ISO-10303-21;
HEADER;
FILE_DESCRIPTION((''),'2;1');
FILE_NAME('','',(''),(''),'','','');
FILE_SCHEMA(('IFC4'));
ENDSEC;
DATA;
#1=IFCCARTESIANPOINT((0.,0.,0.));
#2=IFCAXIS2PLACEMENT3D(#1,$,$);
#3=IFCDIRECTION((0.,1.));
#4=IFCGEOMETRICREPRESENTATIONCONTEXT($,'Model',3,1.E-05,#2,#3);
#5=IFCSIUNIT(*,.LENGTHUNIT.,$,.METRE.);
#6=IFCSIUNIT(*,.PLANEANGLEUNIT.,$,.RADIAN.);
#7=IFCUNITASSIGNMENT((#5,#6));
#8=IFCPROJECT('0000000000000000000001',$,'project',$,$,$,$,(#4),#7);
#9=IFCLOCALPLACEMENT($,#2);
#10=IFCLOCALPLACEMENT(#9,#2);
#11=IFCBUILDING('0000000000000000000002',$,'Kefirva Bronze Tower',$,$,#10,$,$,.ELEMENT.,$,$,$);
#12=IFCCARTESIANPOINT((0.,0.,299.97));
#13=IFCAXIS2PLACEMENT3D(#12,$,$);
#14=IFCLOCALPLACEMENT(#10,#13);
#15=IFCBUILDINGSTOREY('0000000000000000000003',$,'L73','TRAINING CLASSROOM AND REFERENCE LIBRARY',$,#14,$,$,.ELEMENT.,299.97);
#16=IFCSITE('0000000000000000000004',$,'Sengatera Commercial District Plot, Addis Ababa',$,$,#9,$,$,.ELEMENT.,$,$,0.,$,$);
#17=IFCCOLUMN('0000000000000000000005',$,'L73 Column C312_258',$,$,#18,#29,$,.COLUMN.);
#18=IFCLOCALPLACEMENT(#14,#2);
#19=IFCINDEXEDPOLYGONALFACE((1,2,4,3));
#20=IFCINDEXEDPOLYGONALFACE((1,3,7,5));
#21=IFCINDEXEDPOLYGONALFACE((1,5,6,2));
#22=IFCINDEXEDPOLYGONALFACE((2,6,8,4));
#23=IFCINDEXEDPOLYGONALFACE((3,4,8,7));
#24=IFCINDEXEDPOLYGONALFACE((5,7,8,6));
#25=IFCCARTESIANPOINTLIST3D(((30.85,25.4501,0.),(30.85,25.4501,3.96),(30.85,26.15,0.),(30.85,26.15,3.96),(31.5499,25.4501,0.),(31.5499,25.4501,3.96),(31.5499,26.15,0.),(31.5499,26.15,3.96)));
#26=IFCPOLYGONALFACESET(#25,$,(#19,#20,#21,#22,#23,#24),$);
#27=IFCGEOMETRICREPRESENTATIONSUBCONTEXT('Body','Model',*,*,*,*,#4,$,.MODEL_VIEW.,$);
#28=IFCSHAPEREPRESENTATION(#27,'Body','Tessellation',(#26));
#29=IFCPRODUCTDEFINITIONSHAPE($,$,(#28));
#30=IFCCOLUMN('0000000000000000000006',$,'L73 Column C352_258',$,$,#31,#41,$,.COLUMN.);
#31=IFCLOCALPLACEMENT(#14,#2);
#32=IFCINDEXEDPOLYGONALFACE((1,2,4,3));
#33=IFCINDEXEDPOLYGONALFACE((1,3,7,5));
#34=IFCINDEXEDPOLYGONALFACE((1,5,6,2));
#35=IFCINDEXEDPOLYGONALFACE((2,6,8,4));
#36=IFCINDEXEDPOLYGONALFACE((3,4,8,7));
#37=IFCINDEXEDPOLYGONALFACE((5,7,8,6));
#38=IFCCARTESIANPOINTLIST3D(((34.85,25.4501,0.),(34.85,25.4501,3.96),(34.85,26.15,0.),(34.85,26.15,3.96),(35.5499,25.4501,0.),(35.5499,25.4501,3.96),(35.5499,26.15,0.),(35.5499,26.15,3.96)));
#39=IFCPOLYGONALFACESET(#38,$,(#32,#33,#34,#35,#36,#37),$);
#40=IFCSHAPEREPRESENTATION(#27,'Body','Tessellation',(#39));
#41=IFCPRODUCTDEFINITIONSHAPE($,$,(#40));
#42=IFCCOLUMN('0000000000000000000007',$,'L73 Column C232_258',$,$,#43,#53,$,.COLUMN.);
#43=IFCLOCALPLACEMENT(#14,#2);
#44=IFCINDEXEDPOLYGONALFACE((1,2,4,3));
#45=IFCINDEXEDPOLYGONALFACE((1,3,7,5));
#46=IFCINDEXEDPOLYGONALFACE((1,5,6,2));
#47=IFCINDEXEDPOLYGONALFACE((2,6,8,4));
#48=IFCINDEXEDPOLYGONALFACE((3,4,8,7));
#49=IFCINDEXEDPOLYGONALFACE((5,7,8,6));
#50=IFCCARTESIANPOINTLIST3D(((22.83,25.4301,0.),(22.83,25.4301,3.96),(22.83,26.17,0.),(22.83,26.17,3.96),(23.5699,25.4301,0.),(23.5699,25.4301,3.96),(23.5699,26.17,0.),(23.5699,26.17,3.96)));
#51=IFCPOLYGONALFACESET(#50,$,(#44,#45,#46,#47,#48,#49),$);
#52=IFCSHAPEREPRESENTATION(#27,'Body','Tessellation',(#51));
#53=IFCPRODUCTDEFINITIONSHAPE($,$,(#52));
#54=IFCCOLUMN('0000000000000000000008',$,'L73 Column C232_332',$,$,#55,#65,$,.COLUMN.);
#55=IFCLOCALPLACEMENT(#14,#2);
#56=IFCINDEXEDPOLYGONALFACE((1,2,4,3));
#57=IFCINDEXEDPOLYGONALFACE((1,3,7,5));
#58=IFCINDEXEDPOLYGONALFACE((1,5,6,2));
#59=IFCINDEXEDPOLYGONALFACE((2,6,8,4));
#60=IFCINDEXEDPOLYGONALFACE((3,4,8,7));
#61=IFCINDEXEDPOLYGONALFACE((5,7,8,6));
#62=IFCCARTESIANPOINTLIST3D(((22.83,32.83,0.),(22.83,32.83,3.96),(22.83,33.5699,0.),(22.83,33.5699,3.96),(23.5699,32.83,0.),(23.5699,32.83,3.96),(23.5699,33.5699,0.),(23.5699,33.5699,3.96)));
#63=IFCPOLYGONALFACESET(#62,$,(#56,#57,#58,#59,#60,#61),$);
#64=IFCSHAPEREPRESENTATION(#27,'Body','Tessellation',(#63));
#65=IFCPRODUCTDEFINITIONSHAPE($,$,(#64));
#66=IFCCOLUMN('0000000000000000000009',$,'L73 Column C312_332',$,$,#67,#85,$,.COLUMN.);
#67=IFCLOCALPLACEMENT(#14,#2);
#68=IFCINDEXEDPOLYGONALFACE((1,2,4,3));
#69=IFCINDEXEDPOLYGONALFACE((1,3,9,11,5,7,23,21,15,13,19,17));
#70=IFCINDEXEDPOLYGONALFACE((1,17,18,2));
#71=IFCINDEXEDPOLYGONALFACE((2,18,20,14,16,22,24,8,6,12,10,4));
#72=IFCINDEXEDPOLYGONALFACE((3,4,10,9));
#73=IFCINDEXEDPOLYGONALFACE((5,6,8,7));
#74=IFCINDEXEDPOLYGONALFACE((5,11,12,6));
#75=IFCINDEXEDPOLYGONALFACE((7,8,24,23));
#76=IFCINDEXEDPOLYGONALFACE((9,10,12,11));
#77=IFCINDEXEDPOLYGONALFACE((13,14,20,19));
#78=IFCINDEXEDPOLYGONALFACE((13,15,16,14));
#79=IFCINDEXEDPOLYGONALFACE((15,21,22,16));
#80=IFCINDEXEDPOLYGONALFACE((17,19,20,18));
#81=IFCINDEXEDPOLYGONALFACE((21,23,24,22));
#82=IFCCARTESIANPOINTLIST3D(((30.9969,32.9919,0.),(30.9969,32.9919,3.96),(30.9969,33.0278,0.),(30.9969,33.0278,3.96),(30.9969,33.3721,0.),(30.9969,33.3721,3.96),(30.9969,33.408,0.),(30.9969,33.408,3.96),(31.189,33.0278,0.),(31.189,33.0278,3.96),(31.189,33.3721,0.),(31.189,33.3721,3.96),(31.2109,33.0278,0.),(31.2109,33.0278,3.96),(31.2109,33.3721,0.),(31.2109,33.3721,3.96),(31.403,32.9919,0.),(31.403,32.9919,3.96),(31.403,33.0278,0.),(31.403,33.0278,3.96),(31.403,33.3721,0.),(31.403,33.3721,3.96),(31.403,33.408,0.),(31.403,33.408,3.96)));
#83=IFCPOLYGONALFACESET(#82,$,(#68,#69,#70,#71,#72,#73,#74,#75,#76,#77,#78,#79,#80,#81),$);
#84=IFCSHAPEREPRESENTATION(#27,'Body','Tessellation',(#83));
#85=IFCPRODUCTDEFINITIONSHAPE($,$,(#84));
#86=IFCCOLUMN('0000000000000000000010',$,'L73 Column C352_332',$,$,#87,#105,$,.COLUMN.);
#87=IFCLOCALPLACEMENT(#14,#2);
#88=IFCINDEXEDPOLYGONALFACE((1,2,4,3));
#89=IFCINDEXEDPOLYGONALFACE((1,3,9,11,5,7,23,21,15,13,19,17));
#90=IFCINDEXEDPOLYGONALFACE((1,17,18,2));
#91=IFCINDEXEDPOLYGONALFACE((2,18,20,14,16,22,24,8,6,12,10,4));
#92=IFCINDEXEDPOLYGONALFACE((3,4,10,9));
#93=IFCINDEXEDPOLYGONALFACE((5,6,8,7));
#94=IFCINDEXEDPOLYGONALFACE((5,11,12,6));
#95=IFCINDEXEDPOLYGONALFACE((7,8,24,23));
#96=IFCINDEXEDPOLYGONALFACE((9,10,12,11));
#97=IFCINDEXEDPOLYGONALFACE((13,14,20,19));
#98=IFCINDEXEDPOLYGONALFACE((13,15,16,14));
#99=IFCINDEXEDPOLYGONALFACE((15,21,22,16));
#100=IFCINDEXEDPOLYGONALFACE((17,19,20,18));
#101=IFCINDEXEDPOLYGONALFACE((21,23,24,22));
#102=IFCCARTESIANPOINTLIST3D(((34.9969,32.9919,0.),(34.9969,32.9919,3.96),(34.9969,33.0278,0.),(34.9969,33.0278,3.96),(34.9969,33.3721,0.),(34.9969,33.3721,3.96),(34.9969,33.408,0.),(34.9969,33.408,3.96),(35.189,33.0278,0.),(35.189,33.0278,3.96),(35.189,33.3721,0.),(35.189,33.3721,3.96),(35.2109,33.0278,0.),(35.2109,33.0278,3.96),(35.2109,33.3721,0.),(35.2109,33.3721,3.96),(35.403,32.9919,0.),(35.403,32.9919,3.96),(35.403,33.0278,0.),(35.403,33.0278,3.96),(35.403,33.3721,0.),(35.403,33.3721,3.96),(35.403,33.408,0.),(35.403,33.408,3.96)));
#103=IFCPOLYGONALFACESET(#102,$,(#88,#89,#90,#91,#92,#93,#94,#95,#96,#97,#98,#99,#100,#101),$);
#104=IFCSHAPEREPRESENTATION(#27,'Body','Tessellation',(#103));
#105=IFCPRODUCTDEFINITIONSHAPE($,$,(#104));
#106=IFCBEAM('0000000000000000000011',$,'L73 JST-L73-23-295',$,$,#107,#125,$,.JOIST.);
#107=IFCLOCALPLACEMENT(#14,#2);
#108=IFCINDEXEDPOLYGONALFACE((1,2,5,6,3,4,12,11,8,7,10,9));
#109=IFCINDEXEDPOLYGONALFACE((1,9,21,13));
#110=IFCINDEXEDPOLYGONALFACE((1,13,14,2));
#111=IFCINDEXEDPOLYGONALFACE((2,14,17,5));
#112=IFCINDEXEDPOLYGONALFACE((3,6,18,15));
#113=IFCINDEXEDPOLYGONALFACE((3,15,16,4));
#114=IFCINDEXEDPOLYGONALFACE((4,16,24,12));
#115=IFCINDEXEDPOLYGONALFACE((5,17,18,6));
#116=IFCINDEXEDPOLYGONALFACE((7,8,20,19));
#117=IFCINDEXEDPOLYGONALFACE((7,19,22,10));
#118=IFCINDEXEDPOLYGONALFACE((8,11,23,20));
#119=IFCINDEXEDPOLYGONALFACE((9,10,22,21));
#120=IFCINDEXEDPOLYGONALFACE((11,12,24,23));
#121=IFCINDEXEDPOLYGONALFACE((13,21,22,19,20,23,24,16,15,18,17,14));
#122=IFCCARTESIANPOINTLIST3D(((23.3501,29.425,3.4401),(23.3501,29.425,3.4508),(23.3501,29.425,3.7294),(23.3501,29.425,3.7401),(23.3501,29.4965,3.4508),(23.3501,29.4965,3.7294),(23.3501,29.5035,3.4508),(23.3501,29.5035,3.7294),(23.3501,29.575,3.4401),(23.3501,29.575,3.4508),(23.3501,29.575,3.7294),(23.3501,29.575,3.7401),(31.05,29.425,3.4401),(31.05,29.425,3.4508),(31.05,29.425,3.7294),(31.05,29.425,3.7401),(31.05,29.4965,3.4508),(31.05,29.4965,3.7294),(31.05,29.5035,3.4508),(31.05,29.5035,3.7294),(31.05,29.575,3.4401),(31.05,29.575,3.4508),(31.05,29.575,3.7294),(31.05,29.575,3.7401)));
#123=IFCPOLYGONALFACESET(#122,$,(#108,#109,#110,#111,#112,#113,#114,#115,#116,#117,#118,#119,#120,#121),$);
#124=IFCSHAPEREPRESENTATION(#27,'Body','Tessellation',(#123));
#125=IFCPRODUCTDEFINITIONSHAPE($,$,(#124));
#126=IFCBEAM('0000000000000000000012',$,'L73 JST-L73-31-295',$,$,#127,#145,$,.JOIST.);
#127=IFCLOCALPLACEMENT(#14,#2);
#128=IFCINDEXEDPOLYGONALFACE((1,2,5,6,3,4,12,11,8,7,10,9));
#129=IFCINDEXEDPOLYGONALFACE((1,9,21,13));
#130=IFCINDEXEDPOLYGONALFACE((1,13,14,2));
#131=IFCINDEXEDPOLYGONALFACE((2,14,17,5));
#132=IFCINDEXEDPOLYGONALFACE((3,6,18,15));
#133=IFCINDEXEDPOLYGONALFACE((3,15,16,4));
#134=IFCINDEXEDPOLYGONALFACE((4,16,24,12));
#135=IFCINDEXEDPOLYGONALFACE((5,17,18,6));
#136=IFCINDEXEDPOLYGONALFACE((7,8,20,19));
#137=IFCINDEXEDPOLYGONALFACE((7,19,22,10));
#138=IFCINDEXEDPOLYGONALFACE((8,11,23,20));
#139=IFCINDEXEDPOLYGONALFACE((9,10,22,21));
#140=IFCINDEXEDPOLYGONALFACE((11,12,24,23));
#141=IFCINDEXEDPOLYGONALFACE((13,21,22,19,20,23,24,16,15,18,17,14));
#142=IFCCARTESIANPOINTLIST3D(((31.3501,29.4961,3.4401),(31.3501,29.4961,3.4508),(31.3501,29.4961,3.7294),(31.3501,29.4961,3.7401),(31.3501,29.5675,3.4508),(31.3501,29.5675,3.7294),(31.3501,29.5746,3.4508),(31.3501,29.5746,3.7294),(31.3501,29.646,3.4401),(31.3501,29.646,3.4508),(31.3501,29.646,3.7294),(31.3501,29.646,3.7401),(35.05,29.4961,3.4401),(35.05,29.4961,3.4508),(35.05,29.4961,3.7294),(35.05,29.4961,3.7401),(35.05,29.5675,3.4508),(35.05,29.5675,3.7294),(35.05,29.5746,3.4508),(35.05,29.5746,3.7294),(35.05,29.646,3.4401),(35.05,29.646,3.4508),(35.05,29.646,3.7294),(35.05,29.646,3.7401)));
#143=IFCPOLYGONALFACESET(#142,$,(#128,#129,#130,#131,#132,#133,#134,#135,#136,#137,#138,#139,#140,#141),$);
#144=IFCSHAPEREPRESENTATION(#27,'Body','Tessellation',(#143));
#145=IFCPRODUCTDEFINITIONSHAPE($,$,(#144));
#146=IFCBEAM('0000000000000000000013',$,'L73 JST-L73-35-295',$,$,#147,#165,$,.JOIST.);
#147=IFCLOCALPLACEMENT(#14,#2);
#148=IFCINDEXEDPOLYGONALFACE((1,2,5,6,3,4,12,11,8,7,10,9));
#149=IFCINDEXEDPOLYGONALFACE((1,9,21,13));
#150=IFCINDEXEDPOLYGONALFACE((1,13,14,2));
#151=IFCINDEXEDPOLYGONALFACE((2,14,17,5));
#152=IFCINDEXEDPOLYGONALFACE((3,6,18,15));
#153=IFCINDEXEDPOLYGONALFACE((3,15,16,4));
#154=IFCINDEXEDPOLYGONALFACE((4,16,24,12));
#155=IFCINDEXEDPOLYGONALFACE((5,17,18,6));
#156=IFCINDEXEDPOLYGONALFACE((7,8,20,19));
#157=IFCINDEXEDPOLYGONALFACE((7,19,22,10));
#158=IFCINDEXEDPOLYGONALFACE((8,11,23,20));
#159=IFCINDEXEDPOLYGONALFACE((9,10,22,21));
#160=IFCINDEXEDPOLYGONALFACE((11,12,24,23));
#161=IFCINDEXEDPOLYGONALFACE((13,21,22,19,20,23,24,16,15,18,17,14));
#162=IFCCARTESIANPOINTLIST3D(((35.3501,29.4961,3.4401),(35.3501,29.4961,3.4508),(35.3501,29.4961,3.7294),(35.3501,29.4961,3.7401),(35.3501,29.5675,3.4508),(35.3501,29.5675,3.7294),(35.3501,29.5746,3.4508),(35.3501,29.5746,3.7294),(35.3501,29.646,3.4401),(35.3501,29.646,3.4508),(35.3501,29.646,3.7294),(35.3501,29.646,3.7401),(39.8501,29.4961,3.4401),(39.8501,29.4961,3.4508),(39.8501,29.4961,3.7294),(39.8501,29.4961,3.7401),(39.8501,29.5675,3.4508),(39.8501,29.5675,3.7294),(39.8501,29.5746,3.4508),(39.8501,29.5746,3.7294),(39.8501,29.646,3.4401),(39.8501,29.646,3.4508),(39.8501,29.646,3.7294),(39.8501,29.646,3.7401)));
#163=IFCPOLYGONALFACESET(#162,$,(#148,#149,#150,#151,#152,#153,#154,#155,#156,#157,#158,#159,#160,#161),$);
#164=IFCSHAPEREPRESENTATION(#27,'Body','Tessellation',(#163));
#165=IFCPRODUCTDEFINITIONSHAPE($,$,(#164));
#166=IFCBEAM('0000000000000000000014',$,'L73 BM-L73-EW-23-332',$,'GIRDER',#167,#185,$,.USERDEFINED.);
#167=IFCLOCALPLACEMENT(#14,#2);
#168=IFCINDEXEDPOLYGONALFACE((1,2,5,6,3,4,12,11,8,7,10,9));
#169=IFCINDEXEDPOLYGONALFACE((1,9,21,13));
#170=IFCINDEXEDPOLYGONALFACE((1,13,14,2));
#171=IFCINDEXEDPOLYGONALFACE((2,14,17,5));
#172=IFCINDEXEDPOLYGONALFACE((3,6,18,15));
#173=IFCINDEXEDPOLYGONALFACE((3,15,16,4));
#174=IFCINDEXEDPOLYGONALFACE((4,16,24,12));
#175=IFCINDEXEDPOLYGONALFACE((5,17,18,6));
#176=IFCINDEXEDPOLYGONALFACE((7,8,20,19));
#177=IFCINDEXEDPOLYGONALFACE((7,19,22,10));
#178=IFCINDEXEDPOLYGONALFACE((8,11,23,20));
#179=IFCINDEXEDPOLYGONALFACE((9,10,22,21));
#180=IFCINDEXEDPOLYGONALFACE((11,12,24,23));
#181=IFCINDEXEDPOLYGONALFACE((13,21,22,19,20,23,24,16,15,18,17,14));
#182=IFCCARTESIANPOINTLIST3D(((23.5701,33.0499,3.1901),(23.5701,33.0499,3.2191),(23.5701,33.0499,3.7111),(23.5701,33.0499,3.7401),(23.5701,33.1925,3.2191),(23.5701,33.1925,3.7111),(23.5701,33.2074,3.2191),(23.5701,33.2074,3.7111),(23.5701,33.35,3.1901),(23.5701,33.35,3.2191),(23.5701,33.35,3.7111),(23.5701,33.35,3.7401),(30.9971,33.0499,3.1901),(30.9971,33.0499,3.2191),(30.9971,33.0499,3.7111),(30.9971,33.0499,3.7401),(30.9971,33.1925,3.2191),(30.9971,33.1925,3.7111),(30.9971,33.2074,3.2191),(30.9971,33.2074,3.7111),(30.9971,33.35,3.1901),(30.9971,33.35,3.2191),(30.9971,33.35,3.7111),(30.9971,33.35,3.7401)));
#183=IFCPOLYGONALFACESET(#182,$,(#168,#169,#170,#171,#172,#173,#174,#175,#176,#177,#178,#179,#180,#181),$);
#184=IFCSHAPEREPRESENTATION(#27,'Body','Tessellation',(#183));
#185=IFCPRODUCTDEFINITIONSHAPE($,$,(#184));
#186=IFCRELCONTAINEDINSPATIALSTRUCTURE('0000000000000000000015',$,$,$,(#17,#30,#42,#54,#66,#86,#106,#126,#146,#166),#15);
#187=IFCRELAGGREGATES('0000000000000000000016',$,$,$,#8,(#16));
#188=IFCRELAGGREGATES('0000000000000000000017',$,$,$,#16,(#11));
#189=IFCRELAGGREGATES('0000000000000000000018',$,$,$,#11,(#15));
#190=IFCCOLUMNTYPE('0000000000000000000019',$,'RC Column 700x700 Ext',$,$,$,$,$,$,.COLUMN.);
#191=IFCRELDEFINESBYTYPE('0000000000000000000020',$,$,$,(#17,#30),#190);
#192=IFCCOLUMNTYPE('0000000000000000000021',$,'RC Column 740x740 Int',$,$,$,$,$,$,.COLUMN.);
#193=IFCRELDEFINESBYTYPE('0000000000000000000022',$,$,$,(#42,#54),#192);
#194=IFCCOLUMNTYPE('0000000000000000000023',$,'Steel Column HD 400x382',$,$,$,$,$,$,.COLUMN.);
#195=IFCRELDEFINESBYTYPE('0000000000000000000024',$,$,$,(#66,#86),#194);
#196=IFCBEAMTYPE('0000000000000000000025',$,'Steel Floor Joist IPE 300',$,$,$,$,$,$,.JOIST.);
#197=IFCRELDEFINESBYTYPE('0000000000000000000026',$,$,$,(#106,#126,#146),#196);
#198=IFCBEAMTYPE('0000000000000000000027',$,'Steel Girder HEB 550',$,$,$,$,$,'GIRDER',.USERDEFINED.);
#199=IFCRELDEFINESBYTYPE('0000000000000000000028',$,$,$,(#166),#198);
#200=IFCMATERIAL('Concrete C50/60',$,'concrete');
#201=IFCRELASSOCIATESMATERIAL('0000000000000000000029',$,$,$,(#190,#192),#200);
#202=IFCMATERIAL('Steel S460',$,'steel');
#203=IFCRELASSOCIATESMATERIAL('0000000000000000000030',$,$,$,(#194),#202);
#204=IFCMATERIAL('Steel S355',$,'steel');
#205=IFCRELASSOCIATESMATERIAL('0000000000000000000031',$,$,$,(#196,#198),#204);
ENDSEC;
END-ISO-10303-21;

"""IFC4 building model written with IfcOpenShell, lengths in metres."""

from ifc_helpers import new_model, si_unit, direction, frame, origin, origin_2d, place, context, subcontext, project, spatial, rectangle, i_section, extrude, material, material_profile, profile_set, type_object, element, save


model = new_model("IFC4")

# Units and contexts
model_context = context("Model", 3, precision=1e-05, world=origin(), true_north=direction((0.0, 1.0)))
body_context = subcontext(model_context, "Body", "Model", "MODEL_VIEW")
ifc_project = project(units=[si_unit("LENGTHUNIT", "METRE"), si_unit("PLANEANGLEUNIT", "RADIAN")], contexts=[model_context])

# Site, building, storey
site_placement = place(None, origin())
site = spatial("IfcSite", under=ifc_project, at=site_placement, Name="Sengatera Commercial District Plot, Addis Ababa", CompositionType="ELEMENT", RefElevation=0.0)
building_placement = place(site_placement, origin())
building = spatial("IfcBuilding", under=site, at=building_placement, Name="Kefirva Bronze Tower", CompositionType="ELEMENT")
storey_placement = place(building_placement, frame((0.0, 0.0, 299.97)))
storey = spatial("IfcBuildingStorey", under=building, at=storey_placement, Name="L73", Description="TRAINING CLASSROOM AND REFERENCE LIBRARY", CompositionType="ELEMENT", Elevation=299.97)

# Columns
ifc_material_1 = material(Name="Concrete C50/60", Category="concrete")
ifc_material_profile_1 = material_profile(ifc_material_1, rectangle(XDim=0.7, YDim=0.7, at=origin_2d()), Name="RC 700x700")
ifc_profile_set_1 = profile_set([ifc_material_profile_1], Name="Concrete C50/60")
column_type_1 = type_object("IfcColumnType", Name="RC Column 700x700 Ext", PredefinedType="COLUMN", material=ifc_profile_set_1)
for number, where, z_axis, x_axis, name in (
    (1, (31.2, 25.8, 0.0), (0.0, 0.0, 1.0), (1.0, 0.0, 0.0), "L73 Column C312_258"),
    (2, (35.2, 25.8, 0.0), (0.0, 0.0, 1.0), (1.0, 0.0, 0.0), "L73 Column C352_258"),
):
    element("IfcColumn", number, at=place(storey_placement, frame(where, z_axis=z_axis, x_axis=x_axis)), inside=storey, type_object=column_type_1, Name=name, PredefinedType="COLUMN", context=body_context, shape_type="SweptSolid", body=[
        extrude(rectangle(XDim=0.7, YDim=0.7, at=origin_2d()), origin(), (0.0, 0.0, 1.0), 3.96),
    ])
ifc_material_profile_2 = material_profile(ifc_material_1, rectangle(XDim=0.74, YDim=0.74, at=origin_2d()), Name="RC 740x740")
ifc_profile_set_2 = profile_set([ifc_material_profile_2], Name="Concrete C50/60")
column_type_2 = type_object("IfcColumnType", Name="RC Column 740x740 Int", PredefinedType="COLUMN", material=ifc_profile_set_2)
for number, where, z_axis, x_axis, name in (
    (3, (23.2, 25.8, 0.0), (0.0, 0.0, 1.0), (1.0, 0.0, 0.0), "L73 Column C232_258"),
    (4, (23.2, 33.2, 0.0), (0.0, 0.0, 1.0), (1.0, 0.0, 0.0), "L73 Column C232_332"),
):
    element("IfcColumn", number, at=place(storey_placement, frame(where, z_axis=z_axis, x_axis=x_axis)), inside=storey, type_object=column_type_2, Name=name, PredefinedType="COLUMN", context=body_context, shape_type="SweptSolid", body=[
        extrude(rectangle(XDim=0.74, YDim=0.74, at=origin_2d()), origin(), (0.0, 0.0, 1.0), 3.96),
    ])
ifc_material_2 = material(Name="Steel S460", Category="steel")
ifc_material_profile_3 = material_profile(ifc_material_2, i_section(OverallWidth=0.406, OverallDepth=0.416, WebThickness=0.022, FlangeThickness=0.0359, at=origin_2d()), Name="HD 400x382")
ifc_profile_set_3 = profile_set([ifc_material_profile_3], Name="Steel S460")
column_type_3 = type_object("IfcColumnType", Name="Steel Column HD 400x382", PredefinedType="COLUMN", material=ifc_profile_set_3)
for number, where, z_axis, x_axis, name in (
    (5, (31.2, 33.2, 0.0), (0.0, 0.0, 1.0), (1.0, 0.0, 0.0), "L73 Column C312_332"),
    (6, (35.2, 33.2, 0.0), (0.0, 0.0, 1.0), (1.0, 0.0, 0.0), "L73 Column C352_332"),
):
    element("IfcColumn", number, at=place(storey_placement, frame(where, z_axis=z_axis, x_axis=x_axis)), inside=storey, type_object=column_type_3, Name=name, PredefinedType="COLUMN", context=body_context, shape_type="SweptSolid", body=[
        extrude(i_section(OverallWidth=0.406, OverallDepth=0.416, WebThickness=0.022, FlangeThickness=0.0359, at=origin_2d()), origin(), (0.0, 0.0, 1.0), 3.96),
    ])

# Beams
ifc_material_3 = material(Name="Steel S355", Category="steel")
ifc_material_profile_4 = material_profile(ifc_material_3, i_section(OverallWidth=0.1499, OverallDepth=0.3, WebThickness=0.0071, FlangeThickness=0.0107, at=origin_2d()), Name="IPE 300")
ifc_profile_set_4 = profile_set([ifc_material_profile_4], Name="Steel S355")
beam_type_1 = type_object("IfcBeamType", Name="Steel Floor Joist IPE 300", PredefinedType="JOIST", material=ifc_profile_set_4)
beam_1_placement = place(storey_placement, frame((23.3501, 29.5, 3.5901), z_axis=(1.0, 0.0, 0.0), x_axis=(0.0, 1.0, 0.0)))
element("IfcBeam", 7, at=beam_1_placement, inside=storey, type_object=beam_type_1, Name="L73 JST-L73-23-295", PredefinedType="JOIST", context=body_context, shape_type="SweptSolid", body=[
    extrude(i_section(OverallWidth=0.1499, OverallDepth=0.3, WebThickness=0.0071, FlangeThickness=0.0107, at=origin_2d()), origin(), (0.0, 0.0, 1.0), 7.7),
])
beam_2_placement = place(storey_placement, frame((31.3501, 29.571, 3.5901), z_axis=(1.0, 0.0, 0.0), x_axis=(0.0, 1.0, 0.0)))
element("IfcBeam", 8, at=beam_2_placement, inside=storey, type_object=beam_type_1, Name="L73 JST-L73-31-295", PredefinedType="JOIST", context=body_context, shape_type="SweptSolid", body=[
    extrude(i_section(OverallWidth=0.1499, OverallDepth=0.3, WebThickness=0.0071, FlangeThickness=0.0107, at=origin_2d()), origin(), (0.0, 0.0, 1.0), 3.7),
])
beam_3_placement = place(storey_placement, frame((35.3501, 29.571, 3.5901), z_axis=(1.0, 0.0, 0.0), x_axis=(0.0, 1.0, 0.0)))
element("IfcBeam", 9, at=beam_3_placement, inside=storey, type_object=beam_type_1, Name="L73 JST-L73-35-295", PredefinedType="JOIST", context=body_context, shape_type="SweptSolid", body=[
    extrude(i_section(OverallWidth=0.1499, OverallDepth=0.3, WebThickness=0.0071, FlangeThickness=0.0107, at=origin_2d()), origin(), (0.0, 0.0, 1.0), 4.5),
])
ifc_material_profile_5 = material_profile(ifc_material_3, i_section(OverallWidth=0.3, OverallDepth=0.55, WebThickness=0.0149, FlangeThickness=0.0291, at=origin_2d()), Name="HEB 550")
ifc_profile_set_5 = profile_set([ifc_material_profile_5], Name="Steel S355")
beam_type_2 = type_object("IfcBeamType", Name="Steel Girder HEB 550", ElementType="GIRDER", PredefinedType="USERDEFINED", material=ifc_profile_set_5)
beam_4_placement = place(storey_placement, frame((23.5701, 33.2, 3.4651), z_axis=(1.0, 0.0, 0.0), x_axis=(0.0, 1.0, 0.0)))
element("IfcBeam", 10, at=beam_4_placement, inside=storey, type_object=beam_type_2, Name="L73 BM-L73-EW-23-332", ObjectType="GIRDER", PredefinedType="USERDEFINED", context=body_context, shape_type="SweptSolid", body=[
    extrude(i_section(OverallWidth=0.3, OverallDepth=0.55, WebThickness=0.0149, FlangeThickness=0.0291, at=origin_2d()), origin(), (0.0, 0.0, 1.0), 7.427),
])

save(model, "model.ifc")
